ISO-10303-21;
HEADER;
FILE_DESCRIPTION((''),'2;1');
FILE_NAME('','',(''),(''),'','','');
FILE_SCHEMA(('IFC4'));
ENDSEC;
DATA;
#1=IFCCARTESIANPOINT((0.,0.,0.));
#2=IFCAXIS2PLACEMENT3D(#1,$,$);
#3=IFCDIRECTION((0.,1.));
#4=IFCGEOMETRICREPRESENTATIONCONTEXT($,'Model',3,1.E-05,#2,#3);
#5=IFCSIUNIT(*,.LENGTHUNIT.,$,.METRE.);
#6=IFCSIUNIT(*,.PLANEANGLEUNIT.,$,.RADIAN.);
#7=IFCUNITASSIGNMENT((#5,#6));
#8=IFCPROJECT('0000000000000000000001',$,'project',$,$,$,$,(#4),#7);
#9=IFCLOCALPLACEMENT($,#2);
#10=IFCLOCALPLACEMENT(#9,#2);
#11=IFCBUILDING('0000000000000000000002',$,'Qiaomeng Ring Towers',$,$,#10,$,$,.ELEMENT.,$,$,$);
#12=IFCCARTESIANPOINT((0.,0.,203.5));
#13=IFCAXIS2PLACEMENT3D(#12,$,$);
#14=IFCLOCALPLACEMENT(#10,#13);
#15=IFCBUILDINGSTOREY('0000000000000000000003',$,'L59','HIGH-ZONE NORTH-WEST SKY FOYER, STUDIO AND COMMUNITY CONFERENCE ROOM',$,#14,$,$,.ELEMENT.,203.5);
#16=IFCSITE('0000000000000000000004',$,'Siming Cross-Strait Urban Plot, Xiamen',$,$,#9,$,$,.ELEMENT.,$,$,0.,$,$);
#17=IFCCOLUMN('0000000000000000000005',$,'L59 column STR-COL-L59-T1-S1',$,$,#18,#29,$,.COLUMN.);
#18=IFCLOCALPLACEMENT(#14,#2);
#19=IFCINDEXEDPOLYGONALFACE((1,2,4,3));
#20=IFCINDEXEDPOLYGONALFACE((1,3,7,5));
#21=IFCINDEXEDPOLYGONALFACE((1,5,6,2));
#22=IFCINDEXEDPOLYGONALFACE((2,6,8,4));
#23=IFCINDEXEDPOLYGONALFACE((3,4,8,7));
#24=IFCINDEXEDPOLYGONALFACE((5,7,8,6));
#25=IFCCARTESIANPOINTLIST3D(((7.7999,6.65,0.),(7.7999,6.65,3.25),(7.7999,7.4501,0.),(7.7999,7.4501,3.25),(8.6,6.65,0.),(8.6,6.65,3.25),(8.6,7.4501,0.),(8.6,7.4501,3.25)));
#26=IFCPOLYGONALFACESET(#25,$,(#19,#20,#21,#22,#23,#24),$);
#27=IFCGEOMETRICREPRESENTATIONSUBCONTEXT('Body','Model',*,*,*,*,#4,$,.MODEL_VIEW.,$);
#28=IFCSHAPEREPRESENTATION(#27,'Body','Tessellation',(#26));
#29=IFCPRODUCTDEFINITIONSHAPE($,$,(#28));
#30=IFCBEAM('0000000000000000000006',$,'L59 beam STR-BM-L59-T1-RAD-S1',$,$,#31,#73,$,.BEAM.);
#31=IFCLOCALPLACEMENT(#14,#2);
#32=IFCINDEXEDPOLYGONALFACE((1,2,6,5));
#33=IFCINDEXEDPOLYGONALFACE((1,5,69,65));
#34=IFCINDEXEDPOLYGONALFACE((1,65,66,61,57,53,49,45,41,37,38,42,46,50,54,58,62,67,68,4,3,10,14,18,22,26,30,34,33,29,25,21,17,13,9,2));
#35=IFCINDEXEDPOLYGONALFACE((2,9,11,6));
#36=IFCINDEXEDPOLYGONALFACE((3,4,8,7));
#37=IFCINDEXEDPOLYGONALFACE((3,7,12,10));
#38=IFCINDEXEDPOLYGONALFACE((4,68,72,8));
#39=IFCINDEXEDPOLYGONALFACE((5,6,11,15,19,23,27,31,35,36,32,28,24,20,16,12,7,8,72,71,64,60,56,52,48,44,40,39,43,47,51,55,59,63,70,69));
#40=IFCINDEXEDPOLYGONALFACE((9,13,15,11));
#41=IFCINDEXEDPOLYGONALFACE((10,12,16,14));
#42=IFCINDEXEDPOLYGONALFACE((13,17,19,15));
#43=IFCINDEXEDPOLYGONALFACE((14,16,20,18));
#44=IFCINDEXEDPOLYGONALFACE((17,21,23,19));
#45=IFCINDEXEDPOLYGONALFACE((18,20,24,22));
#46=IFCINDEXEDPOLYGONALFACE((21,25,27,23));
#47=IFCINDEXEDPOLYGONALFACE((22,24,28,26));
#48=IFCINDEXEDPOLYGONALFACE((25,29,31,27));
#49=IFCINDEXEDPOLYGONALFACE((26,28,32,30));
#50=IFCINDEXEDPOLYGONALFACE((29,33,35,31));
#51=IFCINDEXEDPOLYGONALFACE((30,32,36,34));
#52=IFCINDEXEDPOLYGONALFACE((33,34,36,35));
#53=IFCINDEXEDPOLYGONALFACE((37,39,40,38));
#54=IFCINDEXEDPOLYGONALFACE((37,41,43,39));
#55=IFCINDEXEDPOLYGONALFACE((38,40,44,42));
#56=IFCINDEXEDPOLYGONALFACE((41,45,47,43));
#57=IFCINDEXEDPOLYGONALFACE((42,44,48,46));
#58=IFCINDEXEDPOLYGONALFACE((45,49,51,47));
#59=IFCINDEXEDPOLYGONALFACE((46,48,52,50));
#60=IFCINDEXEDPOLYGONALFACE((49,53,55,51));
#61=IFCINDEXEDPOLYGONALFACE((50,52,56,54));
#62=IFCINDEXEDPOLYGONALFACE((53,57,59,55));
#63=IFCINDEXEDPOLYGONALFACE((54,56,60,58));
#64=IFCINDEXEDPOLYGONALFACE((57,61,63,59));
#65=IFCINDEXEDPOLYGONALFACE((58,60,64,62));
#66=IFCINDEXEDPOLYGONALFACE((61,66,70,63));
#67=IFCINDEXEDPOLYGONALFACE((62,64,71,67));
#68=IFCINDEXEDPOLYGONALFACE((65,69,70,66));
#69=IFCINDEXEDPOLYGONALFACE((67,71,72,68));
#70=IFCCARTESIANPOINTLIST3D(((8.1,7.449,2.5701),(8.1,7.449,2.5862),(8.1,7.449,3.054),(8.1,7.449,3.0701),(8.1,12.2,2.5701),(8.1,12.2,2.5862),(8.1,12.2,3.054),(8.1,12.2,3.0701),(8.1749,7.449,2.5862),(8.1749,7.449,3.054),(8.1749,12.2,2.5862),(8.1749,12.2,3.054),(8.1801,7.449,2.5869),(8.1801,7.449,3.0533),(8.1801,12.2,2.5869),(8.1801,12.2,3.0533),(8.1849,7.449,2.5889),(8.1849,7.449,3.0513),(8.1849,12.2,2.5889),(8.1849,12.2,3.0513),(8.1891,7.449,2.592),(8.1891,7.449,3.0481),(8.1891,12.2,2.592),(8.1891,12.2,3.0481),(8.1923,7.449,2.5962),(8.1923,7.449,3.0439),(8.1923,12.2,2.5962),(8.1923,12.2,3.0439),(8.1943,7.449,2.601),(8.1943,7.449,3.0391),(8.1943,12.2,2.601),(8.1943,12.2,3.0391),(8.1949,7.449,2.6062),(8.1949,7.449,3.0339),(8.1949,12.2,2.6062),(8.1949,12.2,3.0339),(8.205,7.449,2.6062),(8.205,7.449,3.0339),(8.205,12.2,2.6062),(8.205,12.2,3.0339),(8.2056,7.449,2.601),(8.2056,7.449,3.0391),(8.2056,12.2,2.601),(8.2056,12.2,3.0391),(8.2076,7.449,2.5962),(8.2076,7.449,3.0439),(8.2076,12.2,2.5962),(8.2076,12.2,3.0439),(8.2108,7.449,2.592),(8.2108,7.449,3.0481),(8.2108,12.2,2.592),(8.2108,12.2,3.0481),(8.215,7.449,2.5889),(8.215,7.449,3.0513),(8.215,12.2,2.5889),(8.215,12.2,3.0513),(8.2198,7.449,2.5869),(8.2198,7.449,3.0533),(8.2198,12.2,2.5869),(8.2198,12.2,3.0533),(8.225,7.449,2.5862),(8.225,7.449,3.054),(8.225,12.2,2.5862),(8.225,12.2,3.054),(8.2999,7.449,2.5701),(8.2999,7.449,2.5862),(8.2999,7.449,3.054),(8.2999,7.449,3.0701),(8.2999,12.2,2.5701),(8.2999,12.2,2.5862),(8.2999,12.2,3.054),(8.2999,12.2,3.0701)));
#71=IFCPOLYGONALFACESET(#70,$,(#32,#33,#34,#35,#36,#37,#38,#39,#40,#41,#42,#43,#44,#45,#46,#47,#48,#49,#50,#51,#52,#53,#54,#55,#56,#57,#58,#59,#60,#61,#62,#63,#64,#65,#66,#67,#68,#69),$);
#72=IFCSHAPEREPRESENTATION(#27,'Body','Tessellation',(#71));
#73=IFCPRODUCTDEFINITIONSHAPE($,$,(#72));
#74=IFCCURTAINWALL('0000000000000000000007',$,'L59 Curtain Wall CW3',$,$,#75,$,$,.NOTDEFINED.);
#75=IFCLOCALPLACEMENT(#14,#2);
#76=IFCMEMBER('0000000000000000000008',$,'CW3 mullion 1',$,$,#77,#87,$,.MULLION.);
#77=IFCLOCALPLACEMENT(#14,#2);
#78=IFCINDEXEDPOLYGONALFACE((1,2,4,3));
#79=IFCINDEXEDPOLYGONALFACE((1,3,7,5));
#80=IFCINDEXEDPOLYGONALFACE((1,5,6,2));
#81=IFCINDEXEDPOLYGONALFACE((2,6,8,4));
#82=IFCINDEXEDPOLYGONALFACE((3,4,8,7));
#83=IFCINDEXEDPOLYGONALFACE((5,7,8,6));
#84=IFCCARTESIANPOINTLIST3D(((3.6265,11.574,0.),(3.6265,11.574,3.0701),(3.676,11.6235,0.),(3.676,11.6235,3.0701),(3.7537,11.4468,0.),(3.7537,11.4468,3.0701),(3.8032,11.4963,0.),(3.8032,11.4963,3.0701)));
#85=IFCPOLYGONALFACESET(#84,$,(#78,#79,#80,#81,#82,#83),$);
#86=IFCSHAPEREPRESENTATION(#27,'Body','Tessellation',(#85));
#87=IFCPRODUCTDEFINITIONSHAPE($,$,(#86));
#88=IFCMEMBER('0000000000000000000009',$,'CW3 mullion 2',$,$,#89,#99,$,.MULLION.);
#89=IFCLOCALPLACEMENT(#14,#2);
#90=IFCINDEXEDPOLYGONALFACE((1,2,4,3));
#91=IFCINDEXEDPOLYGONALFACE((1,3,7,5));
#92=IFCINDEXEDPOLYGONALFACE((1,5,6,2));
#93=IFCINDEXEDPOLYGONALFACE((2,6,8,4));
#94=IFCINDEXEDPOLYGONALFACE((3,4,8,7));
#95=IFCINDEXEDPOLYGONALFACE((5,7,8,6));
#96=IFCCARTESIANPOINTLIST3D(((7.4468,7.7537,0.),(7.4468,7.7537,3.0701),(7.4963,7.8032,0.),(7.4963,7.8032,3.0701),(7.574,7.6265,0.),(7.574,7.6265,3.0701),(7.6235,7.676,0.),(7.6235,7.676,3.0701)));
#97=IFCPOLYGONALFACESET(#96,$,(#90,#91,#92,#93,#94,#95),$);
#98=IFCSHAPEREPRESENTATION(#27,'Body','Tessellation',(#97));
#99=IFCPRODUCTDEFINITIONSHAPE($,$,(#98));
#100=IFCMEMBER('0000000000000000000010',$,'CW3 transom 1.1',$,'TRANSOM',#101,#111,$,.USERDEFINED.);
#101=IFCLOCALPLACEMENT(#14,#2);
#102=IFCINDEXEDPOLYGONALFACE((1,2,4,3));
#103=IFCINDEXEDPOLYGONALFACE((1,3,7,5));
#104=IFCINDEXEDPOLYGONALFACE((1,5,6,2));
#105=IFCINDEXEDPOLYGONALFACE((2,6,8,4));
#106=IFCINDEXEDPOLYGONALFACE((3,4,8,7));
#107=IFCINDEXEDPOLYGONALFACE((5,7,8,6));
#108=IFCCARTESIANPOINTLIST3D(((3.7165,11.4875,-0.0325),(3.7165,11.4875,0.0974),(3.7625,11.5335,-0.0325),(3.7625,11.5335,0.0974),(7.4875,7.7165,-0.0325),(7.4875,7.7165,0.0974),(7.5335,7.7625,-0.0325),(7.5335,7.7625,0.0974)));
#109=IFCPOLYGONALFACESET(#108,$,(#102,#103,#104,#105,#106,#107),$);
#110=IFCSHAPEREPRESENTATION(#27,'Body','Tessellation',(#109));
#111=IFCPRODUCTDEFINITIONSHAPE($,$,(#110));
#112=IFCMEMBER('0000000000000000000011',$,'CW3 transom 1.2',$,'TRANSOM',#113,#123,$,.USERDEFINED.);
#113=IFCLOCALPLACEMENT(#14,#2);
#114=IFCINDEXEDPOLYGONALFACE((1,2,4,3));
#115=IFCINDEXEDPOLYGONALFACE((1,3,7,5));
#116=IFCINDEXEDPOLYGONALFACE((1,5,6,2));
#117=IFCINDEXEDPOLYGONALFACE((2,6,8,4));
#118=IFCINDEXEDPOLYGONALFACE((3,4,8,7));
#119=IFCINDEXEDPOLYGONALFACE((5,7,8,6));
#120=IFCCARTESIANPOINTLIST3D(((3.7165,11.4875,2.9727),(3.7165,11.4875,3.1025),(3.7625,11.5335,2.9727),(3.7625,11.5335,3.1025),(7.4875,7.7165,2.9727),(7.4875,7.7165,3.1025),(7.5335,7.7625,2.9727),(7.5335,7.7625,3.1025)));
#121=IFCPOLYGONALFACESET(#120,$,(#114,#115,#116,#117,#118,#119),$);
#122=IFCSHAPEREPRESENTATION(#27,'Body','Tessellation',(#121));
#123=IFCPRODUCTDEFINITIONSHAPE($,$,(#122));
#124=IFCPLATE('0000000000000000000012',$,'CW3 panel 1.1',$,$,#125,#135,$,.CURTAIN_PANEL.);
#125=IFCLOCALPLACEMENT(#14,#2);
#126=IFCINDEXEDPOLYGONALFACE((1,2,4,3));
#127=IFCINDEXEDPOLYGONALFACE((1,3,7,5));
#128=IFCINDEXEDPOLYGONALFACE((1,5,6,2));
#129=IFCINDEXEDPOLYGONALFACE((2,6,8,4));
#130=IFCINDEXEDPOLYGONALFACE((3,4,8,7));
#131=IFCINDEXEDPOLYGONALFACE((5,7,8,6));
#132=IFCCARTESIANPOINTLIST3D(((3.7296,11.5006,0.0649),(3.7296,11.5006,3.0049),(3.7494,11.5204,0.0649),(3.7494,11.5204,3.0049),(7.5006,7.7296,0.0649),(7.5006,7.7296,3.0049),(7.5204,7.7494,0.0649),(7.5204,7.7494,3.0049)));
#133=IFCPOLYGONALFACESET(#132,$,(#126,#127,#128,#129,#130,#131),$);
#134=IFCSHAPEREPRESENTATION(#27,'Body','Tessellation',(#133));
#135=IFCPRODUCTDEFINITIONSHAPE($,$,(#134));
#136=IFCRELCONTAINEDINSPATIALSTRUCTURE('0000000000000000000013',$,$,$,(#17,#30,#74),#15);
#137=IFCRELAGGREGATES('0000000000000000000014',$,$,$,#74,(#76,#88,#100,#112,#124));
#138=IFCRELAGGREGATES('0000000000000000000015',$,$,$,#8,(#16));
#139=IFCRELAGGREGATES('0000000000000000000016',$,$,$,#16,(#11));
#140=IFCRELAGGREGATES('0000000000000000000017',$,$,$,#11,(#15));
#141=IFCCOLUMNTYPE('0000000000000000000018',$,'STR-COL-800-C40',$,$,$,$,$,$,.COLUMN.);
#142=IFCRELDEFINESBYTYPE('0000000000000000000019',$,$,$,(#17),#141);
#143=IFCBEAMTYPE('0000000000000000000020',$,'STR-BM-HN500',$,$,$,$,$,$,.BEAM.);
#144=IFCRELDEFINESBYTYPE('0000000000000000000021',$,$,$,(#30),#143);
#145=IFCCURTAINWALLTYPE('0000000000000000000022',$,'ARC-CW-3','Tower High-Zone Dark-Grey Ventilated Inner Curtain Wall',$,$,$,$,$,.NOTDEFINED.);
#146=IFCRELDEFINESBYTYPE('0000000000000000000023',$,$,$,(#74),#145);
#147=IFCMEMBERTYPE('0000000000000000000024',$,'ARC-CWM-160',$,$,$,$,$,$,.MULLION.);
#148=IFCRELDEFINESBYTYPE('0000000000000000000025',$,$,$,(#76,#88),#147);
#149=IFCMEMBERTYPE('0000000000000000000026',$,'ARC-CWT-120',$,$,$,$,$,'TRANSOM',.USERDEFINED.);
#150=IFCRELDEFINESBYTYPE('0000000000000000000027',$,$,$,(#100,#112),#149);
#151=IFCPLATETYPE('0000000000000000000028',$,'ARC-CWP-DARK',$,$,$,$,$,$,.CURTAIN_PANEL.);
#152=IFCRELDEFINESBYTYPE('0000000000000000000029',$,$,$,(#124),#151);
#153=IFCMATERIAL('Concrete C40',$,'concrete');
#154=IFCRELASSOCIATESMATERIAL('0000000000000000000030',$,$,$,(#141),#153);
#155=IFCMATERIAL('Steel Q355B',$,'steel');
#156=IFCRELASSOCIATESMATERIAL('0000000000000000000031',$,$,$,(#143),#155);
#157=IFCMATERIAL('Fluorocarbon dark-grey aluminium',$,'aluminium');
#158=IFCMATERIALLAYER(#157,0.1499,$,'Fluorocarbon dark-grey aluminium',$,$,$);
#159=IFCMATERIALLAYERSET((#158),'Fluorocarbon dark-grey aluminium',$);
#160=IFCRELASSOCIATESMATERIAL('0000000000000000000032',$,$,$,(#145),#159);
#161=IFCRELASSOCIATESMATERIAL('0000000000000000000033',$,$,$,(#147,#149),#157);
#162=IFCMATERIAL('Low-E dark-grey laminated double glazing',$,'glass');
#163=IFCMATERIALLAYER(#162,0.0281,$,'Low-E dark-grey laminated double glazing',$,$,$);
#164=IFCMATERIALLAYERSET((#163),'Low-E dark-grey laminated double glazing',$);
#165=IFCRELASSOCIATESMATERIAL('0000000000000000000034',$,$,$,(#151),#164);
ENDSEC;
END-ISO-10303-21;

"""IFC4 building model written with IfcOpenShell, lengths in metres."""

from ifc_helpers import new_model, si_unit, direction, frame, origin, origin_2d, place, context, subcontext, project, spatial, rectangle, i_section, extrude, source, transform, mapped, material, layer, layer_set, material_profile, profile_set, type_object, element, aggregate, save


model = new_model("IFC4")

# Units and contexts
model_context = context("Model", 3, precision=1e-05, world=origin(), true_north=direction((0.0, 1.0)))
body_context = subcontext(model_context, "Body", "Model", "MODEL_VIEW")
ifc_project = project(units=[si_unit("LENGTHUNIT", "METRE"), si_unit("PLANEANGLEUNIT", "RADIAN")], contexts=[model_context])

# Site, building, storey
site_placement = place(None, origin())
site = spatial("IfcSite", under=ifc_project, at=site_placement, Name="Siming Cross-Strait Urban Plot, Xiamen", CompositionType="ELEMENT", RefElevation=0.0)
building_placement = place(site_placement, origin())
building = spatial("IfcBuilding", under=site, at=building_placement, Name="Qiaomeng Ring Towers", CompositionType="ELEMENT")
storey_placement = place(building_placement, frame((0.0, 0.0, 203.5)))
storey = spatial("IfcBuildingStorey", under=building, at=storey_placement, Name="L59", Description="HIGH-ZONE NORTH-WEST SKY FOYER, STUDIO AND COMMUNITY CONFERENCE ROOM", CompositionType="ELEMENT", Elevation=203.5)

# Column
ifc_material_1 = material(Name="Concrete C40", Category="concrete")
ifc_material_profile_1 = material_profile(ifc_material_1, rectangle(XDim=0.8, YDim=0.8, at=origin_2d()), Name="RC COL 800x800")
ifc_profile_set_1 = profile_set([ifc_material_profile_1], Name="Concrete C40")
column_type = type_object("IfcColumnType", Name="STR-COL-800-C40", PredefinedType="COLUMN", material=ifc_profile_set_1)
shared_shape_1 = source(origin(), body_context, "Body", "SweptSolid", [
    extrude(rectangle(XDim=0.8, YDim=0.8, at=origin_2d()), origin(), (0.0, 0.0, 1.0), 3.25),
])
column_placement = place(storey_placement, frame((8.2, 7.05, 0.0), z_axis=(0.0, 0.0, 1.0), x_axis=(1.0, 0.0, 0.0)))
element("IfcColumn", 1, at=column_placement, inside=storey, type_object=column_type, Name="L59 column STR-COL-L59-T1-S1", PredefinedType="COLUMN", context=body_context, shape_type="MappedRepresentation", body=[
    mapped(shared_shape_1, transform((0.0, 0.0, 0.0), x_axis=(1.0, 0.0, 0.0), y_axis=(0.0, 1.0, 0.0), z_axis=(0.0, 0.0, 1.0), scale=1.0)),
])

# Beam
ifc_material_2 = material(Name="Steel Q355B", Category="steel")
ifc_material_profile_2 = material_profile(ifc_material_2, i_section(OverallWidth=0.2, OverallDepth=0.5, WebThickness=0.01, FlangeThickness=0.0161, FilletRadius=0.02, at=origin_2d()), Name="HN 500x200x10x16")
ifc_profile_set_2 = profile_set([ifc_material_profile_2], Name="Steel Q355B")
beam_type = type_object("IfcBeamType", Name="STR-BM-HN500", PredefinedType="BEAM", material=ifc_profile_set_2)
shared_shape_2 = source(origin(), body_context, "Body", "SweptSolid", [
    extrude(i_section(OverallWidth=0.2, OverallDepth=0.5, WebThickness=0.01, FlangeThickness=0.0161, FilletRadius=0.02, at=origin_2d()), origin(), (0.0, 0.0, 1.0), 4.751),
])
beam_placement = place(storey_placement, frame((8.2, 7.449, 2.8201), z_axis=(0.0, 1.0, 0.0), x_axis=(-1.0, 0.0, 0.0)))
element("IfcBeam", 2, at=beam_placement, inside=storey, type_object=beam_type, Name="L59 beam STR-BM-L59-T1-RAD-S1", PredefinedType="BEAM", context=body_context, shape_type="MappedRepresentation", body=[
    mapped(shared_shape_2, transform((0.0, 0.0, 0.0), x_axis=(1.0, 0.0, 0.0), y_axis=(0.0, 1.0, 0.0), z_axis=(0.0, 0.0, 1.0), scale=1.0)),
])

# Curtain wall, members, plate
ifc_material_3 = material(Name="Fluorocarbon dark-grey aluminium", Category="aluminium")
ifc_layer_1 = layer(ifc_material_3, 0.1499, Name="Fluorocarbon dark-grey aluminium")
ifc_layer_set_1 = layer_set([ifc_layer_1], Name="Fluorocarbon dark-grey aluminium")
curtain_wall_type = type_object("IfcCurtainWallType", Name="ARC-CW-3", Description="Tower High-Zone Dark-Grey Ventilated Inner Curtain Wall", PredefinedType="NOTDEFINED", material=ifc_layer_set_1)
curtain_wall_placement = place(storey_placement, origin())
curtain_wall = element("IfcCurtainWall", 3, at=curtain_wall_placement, inside=storey, type_object=curtain_wall_type, Name="L59 Curtain Wall CW3", PredefinedType="NOTDEFINED")
ifc_material_profile_3 = material_profile(ifc_material_3, rectangle(XDim=0.0701, YDim=0.1799, at=origin_2d()), Name="ALU MULL 70x180")
ifc_profile_set_3 = profile_set([ifc_material_profile_3], Name="Fluorocarbon dark-grey aluminium")
member_type_1 = type_object("IfcMemberType", Name="ARC-CWM-160", PredefinedType="MULLION", material=ifc_profile_set_3)
shared_shape_3 = source(origin(), body_context, "Body", "SweptSolid", [
    extrude(rectangle(XDim=0.0701, YDim=0.1799, at=origin_2d()), origin(), (0.0, 0.0, 1.0), 3.0701),
])
member_1_placement = place(storey_placement, frame((3.7148, 11.5352, 0.0), z_axis=(0.0, 0.0, 1.0), x_axis=(0.707107, 0.707107, 0.0)))
member_1 = element("IfcMember", 4, at=member_1_placement, type_object=member_type_1, Name="CW3 mullion 1", PredefinedType="MULLION", context=body_context, shape_type="MappedRepresentation", body=[
    mapped(shared_shape_3, transform((0.0, 0.0, 0.0), x_axis=(1.0, 0.0, 0.0), y_axis=(0.0, 1.0, 0.0), z_axis=(0.0, 0.0, 1.0), scale=1.0)),
])
member_2_placement = place(storey_placement, frame((7.5352, 7.7148, 0.0), z_axis=(0.0, 0.0, 1.0), x_axis=(0.707107, 0.707107, 0.0)))
member_2 = element("IfcMember", 5, at=member_2_placement, type_object=member_type_1, Name="CW3 mullion 2", PredefinedType="MULLION", context=body_context, shape_type="MappedRepresentation", body=[
    mapped(shared_shape_3, transform((0.0, 0.0, 0.0), x_axis=(1.0, 0.0, 0.0), y_axis=(0.0, 1.0, 0.0), z_axis=(0.0, 0.0, 1.0), scale=1.0)),
])
ifc_material_profile_4 = material_profile(ifc_material_3, rectangle(XDim=0.0649, YDim=0.1299, at=origin_2d()), Name="ALU TRAN 65x130")
ifc_profile_set_4 = profile_set([ifc_material_profile_4], Name="Fluorocarbon dark-grey aluminium")
member_type_2 = type_object("IfcMemberType", Name="ARC-CWT-120", ElementType="TRANSOM", PredefinedType="USERDEFINED", material=ifc_profile_set_4)
shared_shape_4 = source(origin(), body_context, "Body", "SweptSolid", [
    extrude(rectangle(XDim=0.0649, YDim=0.1299, at=origin_2d()), origin(), (0.0, 0.0, 1.0), 5.333),
])
member_3_placement = place(storey_placement, frame((3.7395, 11.5105, 0.0325), z_axis=(0.707107, -0.707107, 0.0), x_axis=(0.707107, 0.707107, 0.0)))
member_3 = element("IfcMember", 6, at=member_3_placement, type_object=member_type_2, Name="CW3 transom 1.1", ObjectType="TRANSOM", PredefinedType="USERDEFINED", context=body_context, shape_type="MappedRepresentation", body=[
    mapped(shared_shape_4, transform((0.0, 0.0, 0.0), x_axis=(1.0, 0.0, 0.0), y_axis=(0.0, 1.0, 0.0), z_axis=(0.0, 0.0, 1.0), scale=1.0)),
])
member_4_placement = place(storey_placement, frame((3.7395, 11.5105, 3.0376), z_axis=(0.707107, -0.707107, 0.0), x_axis=(0.707107, 0.707107, 0.0)))
member_4 = element("IfcMember", 7, at=member_4_placement, type_object=member_type_2, Name="CW3 transom 1.2", ObjectType="TRANSOM", PredefinedType="USERDEFINED", context=body_context, shape_type="MappedRepresentation", body=[
    mapped(shared_shape_4, transform((0.0, 0.0, 0.0), x_axis=(1.0, 0.0, 0.0), y_axis=(0.0, 1.0, 0.0), z_axis=(0.0, 0.0, 1.0), scale=1.0)),
])
ifc_material_4 = material(Name="Low-E dark-grey laminated double glazing", Category="glass")
ifc_layer_2 = layer(ifc_material_4, 0.0281, Name="Low-E dark-grey laminated double glazing")
ifc_layer_set_2 = layer_set([ifc_layer_2], Name="Low-E dark-grey laminated double glazing")
plate_type = type_object("IfcPlateType", Name="ARC-CWP-DARK", PredefinedType="CURTAIN_PANEL", material=ifc_layer_set_2)
shared_shape_5 = source(origin(), body_context, "Body", "SweptSolid", [
    extrude(rectangle(XDim=5.333, YDim=0.0281, at=origin_2d()), origin(), (0.0, 0.0, 1.0), 2.9399),
])
plate_placement = place(storey_placement, frame((5.625, 9.625, 0.0649), z_axis=(0.0, 0.0, 1.0), x_axis=(0.707107, -0.707107, 0.0)))
plate = element("IfcPlate", 8, at=plate_placement, type_object=plate_type, Name="CW3 panel 1.1", PredefinedType="CURTAIN_PANEL", context=body_context, shape_type="MappedRepresentation", body=[
    mapped(shared_shape_5, transform((0.0, 0.0, 0.0), x_axis=(1.0, 0.0, 0.0), y_axis=(0.0, 1.0, 0.0), z_axis=(0.0, 0.0, 1.0), scale=1.0)),
])
aggregate(curtain_wall, [member_1, member_2, member_3, member_4, plate])

save(model, "model.ifc")
